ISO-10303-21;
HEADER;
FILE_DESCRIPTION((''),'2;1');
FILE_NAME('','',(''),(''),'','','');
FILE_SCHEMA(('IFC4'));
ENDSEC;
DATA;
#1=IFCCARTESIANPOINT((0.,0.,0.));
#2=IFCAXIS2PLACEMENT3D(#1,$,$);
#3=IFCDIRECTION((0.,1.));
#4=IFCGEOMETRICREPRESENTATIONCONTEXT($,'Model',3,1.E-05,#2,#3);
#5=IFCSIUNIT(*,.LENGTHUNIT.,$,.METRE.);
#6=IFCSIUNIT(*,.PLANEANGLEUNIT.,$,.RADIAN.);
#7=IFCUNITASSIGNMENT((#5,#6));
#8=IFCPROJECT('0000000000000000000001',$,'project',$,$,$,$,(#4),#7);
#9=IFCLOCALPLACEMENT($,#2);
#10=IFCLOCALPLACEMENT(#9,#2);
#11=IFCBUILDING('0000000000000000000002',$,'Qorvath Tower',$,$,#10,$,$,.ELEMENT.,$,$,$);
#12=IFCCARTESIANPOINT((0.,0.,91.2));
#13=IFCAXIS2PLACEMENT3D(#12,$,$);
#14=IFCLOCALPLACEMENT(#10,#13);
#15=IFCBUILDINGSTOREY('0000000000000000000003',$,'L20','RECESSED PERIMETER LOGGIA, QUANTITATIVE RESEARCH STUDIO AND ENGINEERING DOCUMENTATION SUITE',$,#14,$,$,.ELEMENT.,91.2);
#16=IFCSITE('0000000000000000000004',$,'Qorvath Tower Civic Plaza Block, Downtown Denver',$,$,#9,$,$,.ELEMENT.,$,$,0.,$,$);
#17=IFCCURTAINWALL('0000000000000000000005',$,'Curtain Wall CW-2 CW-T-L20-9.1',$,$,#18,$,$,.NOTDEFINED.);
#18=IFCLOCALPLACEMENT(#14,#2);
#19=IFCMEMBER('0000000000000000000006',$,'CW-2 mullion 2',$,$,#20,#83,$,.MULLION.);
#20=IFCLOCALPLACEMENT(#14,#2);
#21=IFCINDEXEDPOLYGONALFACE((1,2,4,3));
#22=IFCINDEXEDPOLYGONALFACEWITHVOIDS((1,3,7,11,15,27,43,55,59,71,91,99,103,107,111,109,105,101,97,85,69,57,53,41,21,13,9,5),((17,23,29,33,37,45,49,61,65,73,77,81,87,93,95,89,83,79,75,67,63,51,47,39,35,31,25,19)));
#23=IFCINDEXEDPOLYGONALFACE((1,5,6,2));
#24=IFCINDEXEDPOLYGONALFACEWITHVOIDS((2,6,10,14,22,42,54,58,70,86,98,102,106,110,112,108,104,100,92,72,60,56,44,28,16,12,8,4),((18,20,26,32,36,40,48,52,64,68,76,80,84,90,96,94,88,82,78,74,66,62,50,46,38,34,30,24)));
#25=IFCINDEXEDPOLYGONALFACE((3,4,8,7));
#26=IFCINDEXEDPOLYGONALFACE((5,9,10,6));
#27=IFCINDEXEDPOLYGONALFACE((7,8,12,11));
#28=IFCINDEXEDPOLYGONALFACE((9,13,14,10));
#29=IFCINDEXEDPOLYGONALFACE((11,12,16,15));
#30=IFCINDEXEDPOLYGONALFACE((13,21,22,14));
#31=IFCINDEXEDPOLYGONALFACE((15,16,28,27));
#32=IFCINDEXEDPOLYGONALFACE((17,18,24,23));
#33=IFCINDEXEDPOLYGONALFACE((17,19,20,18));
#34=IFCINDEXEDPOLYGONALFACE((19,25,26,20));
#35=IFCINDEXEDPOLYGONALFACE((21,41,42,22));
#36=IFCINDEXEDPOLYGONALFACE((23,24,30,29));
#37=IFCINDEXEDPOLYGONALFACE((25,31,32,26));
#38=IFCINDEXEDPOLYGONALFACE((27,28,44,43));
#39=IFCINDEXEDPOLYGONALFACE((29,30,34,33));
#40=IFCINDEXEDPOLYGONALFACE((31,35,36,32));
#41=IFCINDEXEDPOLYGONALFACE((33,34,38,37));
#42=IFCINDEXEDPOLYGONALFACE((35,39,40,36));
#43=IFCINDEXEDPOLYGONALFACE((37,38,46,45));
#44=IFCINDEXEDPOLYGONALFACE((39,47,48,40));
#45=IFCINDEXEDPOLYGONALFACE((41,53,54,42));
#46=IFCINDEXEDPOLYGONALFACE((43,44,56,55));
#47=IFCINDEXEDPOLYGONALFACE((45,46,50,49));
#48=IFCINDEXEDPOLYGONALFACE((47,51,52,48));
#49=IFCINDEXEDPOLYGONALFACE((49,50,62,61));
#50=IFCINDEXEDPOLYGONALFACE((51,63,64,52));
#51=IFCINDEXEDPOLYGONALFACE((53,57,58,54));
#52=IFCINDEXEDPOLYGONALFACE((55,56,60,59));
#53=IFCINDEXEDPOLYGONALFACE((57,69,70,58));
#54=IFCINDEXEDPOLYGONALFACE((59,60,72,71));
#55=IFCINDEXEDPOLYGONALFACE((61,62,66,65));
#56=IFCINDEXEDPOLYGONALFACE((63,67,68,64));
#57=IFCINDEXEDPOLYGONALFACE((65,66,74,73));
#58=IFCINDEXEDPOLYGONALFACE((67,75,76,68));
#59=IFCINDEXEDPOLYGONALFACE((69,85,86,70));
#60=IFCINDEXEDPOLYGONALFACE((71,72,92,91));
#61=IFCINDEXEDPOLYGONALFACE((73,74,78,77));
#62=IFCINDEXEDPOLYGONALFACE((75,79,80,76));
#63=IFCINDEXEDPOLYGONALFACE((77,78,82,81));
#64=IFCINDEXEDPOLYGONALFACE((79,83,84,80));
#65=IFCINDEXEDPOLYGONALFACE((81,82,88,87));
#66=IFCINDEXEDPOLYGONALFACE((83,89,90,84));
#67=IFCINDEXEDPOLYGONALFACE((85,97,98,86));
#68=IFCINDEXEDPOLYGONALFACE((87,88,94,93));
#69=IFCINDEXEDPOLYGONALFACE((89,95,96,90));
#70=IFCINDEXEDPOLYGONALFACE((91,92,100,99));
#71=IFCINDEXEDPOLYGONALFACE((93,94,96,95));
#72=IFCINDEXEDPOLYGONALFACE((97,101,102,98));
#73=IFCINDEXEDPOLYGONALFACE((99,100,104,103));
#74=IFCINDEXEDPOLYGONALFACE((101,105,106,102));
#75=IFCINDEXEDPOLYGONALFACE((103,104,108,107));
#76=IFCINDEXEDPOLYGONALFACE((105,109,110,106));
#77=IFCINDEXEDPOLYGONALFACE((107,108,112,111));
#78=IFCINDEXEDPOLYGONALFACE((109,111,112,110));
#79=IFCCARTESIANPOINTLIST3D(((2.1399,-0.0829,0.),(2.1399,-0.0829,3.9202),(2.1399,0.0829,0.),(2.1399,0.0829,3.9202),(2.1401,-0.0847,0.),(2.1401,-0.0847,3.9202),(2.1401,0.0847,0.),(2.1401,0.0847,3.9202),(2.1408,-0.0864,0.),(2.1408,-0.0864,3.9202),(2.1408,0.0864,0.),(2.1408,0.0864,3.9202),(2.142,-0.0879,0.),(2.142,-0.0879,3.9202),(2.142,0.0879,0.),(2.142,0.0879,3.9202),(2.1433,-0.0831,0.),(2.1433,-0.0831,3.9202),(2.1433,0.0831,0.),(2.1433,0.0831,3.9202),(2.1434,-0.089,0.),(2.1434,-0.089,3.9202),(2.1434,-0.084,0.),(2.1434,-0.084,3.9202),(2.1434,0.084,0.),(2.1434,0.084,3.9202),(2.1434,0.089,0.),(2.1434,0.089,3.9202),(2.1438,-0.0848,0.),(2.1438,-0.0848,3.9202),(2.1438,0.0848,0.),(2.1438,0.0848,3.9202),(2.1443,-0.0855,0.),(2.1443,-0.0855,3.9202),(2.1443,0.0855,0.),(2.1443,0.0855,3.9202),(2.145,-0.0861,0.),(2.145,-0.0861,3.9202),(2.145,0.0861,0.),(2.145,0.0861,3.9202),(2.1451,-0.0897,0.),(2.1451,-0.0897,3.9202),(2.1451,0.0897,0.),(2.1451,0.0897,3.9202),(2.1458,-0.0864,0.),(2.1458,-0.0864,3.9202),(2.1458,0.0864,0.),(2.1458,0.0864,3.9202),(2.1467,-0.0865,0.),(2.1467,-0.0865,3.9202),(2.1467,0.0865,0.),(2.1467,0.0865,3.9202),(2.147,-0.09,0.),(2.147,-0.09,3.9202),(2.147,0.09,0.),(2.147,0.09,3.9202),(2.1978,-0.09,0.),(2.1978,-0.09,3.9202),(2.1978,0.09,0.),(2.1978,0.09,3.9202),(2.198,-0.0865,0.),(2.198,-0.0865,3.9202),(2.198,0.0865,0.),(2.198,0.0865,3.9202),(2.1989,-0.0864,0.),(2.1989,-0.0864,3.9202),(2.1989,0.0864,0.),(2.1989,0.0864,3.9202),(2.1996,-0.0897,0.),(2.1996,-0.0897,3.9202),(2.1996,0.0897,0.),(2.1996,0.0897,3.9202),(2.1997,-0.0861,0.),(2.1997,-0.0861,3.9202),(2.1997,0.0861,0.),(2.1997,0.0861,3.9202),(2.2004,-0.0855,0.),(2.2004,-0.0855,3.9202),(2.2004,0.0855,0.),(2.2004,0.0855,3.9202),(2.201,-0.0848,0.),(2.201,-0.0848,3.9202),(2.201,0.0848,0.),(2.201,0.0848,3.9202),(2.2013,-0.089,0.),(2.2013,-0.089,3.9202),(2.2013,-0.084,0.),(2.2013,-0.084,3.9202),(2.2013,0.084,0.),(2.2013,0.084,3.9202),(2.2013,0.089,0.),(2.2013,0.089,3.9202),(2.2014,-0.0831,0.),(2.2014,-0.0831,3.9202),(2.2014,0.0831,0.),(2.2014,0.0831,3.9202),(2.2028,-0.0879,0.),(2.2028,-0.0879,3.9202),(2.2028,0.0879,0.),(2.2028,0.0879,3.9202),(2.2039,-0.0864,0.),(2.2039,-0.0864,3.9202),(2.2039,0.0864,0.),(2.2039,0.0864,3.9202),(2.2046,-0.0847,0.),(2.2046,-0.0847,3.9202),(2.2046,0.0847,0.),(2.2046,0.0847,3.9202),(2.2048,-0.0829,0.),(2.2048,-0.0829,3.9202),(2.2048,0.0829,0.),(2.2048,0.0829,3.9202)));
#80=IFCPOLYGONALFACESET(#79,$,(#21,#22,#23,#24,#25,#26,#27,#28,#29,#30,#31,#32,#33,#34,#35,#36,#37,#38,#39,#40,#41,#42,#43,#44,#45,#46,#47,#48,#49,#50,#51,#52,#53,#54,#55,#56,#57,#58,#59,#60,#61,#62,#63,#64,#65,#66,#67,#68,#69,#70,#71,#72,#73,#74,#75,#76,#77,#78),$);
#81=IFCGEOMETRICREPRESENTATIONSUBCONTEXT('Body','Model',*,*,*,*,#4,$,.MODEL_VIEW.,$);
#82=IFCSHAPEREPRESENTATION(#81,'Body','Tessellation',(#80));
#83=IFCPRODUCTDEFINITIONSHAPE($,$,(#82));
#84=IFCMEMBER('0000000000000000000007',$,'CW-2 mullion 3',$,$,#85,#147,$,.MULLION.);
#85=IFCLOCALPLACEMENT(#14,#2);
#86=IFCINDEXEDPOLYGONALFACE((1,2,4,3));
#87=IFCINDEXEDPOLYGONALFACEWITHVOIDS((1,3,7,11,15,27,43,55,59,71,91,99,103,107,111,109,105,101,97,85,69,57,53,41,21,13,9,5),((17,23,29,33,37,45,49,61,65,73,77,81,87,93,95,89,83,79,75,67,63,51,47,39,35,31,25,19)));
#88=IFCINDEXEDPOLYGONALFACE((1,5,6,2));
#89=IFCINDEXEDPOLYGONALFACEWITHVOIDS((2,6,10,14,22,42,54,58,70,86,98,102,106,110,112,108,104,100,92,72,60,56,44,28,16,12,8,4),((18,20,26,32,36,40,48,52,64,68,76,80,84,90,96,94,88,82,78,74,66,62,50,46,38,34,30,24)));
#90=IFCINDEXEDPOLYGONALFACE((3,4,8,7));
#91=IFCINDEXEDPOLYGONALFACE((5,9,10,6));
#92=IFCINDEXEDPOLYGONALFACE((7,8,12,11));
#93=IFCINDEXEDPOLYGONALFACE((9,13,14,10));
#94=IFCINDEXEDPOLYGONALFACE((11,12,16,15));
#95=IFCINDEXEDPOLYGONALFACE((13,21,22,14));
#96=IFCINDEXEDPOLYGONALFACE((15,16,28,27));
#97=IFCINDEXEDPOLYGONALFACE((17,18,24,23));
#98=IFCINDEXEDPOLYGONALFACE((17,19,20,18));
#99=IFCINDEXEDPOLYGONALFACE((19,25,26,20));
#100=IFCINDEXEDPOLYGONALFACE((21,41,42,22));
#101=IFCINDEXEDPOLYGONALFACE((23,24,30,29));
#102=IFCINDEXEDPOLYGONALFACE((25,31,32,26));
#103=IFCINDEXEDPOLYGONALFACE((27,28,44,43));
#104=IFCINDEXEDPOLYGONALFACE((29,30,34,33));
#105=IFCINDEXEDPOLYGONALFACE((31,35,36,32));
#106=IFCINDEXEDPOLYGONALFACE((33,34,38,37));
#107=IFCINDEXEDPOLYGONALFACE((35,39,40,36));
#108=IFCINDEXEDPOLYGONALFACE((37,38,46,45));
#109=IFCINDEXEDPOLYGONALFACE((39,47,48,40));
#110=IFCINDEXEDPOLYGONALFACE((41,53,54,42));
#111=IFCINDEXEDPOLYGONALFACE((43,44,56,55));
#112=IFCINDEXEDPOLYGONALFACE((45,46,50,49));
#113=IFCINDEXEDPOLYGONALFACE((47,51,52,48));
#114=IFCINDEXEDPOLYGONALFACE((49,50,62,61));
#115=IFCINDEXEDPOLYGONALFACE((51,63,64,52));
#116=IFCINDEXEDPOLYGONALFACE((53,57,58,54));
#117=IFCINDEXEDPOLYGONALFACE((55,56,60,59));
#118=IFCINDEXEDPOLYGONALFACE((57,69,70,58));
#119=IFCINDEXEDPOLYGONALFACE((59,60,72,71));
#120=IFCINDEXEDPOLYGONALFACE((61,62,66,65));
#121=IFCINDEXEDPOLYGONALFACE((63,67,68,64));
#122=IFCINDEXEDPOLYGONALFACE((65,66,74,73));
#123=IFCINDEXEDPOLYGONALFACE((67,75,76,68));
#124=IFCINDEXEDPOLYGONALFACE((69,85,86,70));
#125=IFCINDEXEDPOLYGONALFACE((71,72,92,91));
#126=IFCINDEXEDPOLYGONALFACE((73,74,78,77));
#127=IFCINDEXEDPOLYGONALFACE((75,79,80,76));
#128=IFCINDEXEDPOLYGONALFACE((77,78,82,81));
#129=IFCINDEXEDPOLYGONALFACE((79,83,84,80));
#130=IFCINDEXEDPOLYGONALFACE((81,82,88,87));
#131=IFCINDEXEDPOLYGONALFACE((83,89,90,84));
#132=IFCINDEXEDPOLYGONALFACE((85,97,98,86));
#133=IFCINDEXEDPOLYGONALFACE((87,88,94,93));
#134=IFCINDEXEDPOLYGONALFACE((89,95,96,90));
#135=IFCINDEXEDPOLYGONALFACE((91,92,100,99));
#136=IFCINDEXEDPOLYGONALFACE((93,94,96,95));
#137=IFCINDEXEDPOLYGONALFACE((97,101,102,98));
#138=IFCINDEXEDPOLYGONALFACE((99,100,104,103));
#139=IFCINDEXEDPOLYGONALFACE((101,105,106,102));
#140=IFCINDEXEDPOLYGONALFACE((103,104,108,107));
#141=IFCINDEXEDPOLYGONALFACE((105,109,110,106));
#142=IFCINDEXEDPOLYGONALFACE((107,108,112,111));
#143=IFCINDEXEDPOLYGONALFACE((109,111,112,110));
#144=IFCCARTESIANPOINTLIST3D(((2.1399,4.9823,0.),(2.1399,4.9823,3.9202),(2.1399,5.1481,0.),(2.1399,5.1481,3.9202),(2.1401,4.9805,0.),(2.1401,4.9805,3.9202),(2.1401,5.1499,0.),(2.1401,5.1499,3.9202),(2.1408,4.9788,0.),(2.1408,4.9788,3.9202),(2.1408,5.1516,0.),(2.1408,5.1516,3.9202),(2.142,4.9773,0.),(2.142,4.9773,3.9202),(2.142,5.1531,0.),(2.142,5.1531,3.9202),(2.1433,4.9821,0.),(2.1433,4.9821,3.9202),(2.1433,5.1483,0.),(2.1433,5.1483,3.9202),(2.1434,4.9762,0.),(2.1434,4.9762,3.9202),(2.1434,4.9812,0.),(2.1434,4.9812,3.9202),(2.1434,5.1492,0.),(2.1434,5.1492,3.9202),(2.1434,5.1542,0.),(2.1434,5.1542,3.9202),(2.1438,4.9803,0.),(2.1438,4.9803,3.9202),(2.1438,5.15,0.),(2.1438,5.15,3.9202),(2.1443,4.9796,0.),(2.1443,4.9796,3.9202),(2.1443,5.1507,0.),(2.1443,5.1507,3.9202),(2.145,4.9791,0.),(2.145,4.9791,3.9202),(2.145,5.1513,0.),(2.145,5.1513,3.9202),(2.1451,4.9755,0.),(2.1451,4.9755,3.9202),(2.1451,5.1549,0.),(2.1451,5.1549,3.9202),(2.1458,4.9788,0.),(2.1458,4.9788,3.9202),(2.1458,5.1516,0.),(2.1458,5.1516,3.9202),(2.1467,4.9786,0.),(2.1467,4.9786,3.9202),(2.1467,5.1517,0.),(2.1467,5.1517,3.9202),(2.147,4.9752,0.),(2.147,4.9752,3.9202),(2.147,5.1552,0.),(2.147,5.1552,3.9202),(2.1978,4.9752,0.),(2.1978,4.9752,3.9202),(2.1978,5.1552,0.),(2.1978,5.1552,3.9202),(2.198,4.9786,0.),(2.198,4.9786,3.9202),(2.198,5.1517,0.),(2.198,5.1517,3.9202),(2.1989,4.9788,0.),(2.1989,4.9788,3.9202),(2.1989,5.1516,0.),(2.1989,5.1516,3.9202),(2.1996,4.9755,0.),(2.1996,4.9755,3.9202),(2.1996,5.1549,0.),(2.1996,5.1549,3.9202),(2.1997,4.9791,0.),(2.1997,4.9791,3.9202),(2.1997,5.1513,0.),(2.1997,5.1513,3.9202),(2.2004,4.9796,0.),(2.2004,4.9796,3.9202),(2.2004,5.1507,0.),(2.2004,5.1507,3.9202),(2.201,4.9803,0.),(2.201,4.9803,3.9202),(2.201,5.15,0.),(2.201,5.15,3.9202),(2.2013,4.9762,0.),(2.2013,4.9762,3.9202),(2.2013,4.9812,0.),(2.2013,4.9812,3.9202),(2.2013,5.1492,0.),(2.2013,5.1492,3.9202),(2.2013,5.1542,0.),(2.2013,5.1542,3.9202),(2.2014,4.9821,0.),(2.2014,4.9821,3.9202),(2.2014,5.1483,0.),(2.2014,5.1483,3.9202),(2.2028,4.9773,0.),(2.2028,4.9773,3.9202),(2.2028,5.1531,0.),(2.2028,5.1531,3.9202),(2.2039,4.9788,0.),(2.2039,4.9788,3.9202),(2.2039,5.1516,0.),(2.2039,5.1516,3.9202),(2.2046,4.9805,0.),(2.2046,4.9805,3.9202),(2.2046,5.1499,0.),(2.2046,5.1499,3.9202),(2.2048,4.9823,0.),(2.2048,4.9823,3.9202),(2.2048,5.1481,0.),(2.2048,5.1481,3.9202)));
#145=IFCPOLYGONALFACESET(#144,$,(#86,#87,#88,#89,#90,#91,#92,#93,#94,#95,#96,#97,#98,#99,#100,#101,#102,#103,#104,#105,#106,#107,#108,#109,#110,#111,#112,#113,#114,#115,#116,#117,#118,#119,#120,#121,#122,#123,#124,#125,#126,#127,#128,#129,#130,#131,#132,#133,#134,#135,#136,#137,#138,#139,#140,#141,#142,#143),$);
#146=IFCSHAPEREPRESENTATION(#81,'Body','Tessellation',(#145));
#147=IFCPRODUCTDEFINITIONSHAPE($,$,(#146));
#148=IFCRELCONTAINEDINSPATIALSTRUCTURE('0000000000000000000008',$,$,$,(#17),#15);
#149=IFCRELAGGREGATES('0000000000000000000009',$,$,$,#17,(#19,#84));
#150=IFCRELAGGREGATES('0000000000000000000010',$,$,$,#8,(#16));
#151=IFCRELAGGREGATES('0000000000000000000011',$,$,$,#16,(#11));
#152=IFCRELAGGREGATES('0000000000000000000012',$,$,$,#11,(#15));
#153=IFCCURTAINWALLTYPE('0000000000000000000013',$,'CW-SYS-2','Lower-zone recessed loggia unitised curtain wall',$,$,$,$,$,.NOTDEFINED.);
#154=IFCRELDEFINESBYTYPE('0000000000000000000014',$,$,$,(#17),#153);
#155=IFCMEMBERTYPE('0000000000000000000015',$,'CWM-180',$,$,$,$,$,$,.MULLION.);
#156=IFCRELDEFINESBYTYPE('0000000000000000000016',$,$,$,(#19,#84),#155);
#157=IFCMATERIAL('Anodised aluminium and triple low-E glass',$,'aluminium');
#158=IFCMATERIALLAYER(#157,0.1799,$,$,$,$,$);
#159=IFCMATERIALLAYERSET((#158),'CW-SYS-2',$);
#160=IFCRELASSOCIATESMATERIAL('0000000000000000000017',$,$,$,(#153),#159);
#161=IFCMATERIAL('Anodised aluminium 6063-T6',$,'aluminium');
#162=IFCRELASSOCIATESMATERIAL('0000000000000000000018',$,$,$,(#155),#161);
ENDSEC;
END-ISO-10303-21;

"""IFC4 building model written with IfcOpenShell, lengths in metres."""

from ifc_helpers import new_model, si_unit, direction, frame, origin, origin_2d, place, context, subcontext, project, spatial, hollow_rectangle, extrude, material, layer, layer_set, material_profile, profile_set, type_object, element, aggregate, save


model = new_model("IFC4")

# Units and contexts
model_context = context("Model", 3, precision=1e-05, world=origin(), true_north=direction((0.0, 1.0)))
body_context = subcontext(model_context, "Body", "Model", "MODEL_VIEW")
ifc_project = project(units=[si_unit("LENGTHUNIT", "METRE"), si_unit("PLANEANGLEUNIT", "RADIAN")], contexts=[model_context])

# Site, building, storey
site_placement = place(None, origin())
site = spatial("IfcSite", under=ifc_project, at=site_placement, Name="Qorvath Tower Civic Plaza Block, Downtown Denver", CompositionType="ELEMENT", RefElevation=0.0)
building_placement = place(site_placement, origin())
building = spatial("IfcBuilding", under=site, at=building_placement, Name="Qorvath Tower", CompositionType="ELEMENT")
storey_placement = place(building_placement, frame((0.0, 0.0, 91.2)))
storey = spatial("IfcBuildingStorey", under=building, at=storey_placement, Name="L20", Description="RECESSED PERIMETER LOGGIA, QUANTITATIVE RESEARCH STUDIO AND ENGINEERING DOCUMENTATION SUITE", CompositionType="ELEMENT", Elevation=91.2)

# Curtain wall, members
ifc_material_1 = material(Name="Anodised aluminium and triple low-E glass", Category="aluminium")
ifc_layer_1 = layer(ifc_material_1, 0.1799)
ifc_layer_set_1 = layer_set([ifc_layer_1], Name="CW-SYS-2")
curtain_wall_type = type_object("IfcCurtainWallType", Name="CW-SYS-2", Description="Lower-zone recessed loggia unitised curtain wall", PredefinedType="NOTDEFINED", material=ifc_layer_set_1)
curtain_wall_1_placement = place(storey_placement, origin())
curtain_wall_1 = element("IfcCurtainWall", 1, at=curtain_wall_1_placement, inside=storey, type_object=curtain_wall_type, Name="Curtain Wall CW-2 CW-T-L20-9.1", PredefinedType="NOTDEFINED")
ifc_material_2 = material(Name="Anodised aluminium 6063-T6", Category="aluminium")
ifc_material_profile_1 = material_profile(ifc_material_2, hollow_rectangle(XDim=0.0649, YDim=0.1799, WallThickness=0.0034, InnerFilletRadius=0.0034, OuterFilletRadius=0.0071, at=origin_2d()), Name="CWM 180x65")
ifc_profile_set_1 = profile_set([ifc_material_profile_1], Name="Anodised aluminium 6063-T6")
member_type_1 = type_object("IfcMemberType", Name="CWM-180", PredefinedType="MULLION", material=ifc_profile_set_1)
member_1_placement = place(storey_placement, frame((2.1724, 0.0, 0.0), z_axis=(0.0, 0.0, 1.0), x_axis=(-1.0, 0.0, 0.0)))
member_1 = element("IfcMember", 2, at=member_1_placement, type_object=member_type_1, Name="CW-2 mullion 2", PredefinedType="MULLION", context=body_context, shape_type="SweptSolid", body=[
    extrude(hollow_rectangle(XDim=0.0649, YDim=0.1799, WallThickness=0.0034, InnerFilletRadius=0.0034, OuterFilletRadius=0.0071, at=origin_2d()), origin(), (0.0, 0.0, 1.0), 3.9202),
])
member_2_placement = place(storey_placement, frame((2.1724, 5.0652, 0.0), z_axis=(0.0, 0.0, 1.0), x_axis=(-1.0, 0.0, 0.0)))
member_2 = element("IfcMember", 3, at=member_2_placement, type_object=member_type_1, Name="CW-2 mullion 3", PredefinedType="MULLION", context=body_context, shape_type="SweptSolid", body=[
    extrude(hollow_rectangle(XDim=0.0649, YDim=0.1799, WallThickness=0.0034, InnerFilletRadius=0.0034, OuterFilletRadius=0.0071, at=origin_2d()), origin(), (0.0, 0.0, 1.0), 3.9202),
])

aggregate(curtain_wall_1, [member_1, member_2])

save(model, "model.ifc")
